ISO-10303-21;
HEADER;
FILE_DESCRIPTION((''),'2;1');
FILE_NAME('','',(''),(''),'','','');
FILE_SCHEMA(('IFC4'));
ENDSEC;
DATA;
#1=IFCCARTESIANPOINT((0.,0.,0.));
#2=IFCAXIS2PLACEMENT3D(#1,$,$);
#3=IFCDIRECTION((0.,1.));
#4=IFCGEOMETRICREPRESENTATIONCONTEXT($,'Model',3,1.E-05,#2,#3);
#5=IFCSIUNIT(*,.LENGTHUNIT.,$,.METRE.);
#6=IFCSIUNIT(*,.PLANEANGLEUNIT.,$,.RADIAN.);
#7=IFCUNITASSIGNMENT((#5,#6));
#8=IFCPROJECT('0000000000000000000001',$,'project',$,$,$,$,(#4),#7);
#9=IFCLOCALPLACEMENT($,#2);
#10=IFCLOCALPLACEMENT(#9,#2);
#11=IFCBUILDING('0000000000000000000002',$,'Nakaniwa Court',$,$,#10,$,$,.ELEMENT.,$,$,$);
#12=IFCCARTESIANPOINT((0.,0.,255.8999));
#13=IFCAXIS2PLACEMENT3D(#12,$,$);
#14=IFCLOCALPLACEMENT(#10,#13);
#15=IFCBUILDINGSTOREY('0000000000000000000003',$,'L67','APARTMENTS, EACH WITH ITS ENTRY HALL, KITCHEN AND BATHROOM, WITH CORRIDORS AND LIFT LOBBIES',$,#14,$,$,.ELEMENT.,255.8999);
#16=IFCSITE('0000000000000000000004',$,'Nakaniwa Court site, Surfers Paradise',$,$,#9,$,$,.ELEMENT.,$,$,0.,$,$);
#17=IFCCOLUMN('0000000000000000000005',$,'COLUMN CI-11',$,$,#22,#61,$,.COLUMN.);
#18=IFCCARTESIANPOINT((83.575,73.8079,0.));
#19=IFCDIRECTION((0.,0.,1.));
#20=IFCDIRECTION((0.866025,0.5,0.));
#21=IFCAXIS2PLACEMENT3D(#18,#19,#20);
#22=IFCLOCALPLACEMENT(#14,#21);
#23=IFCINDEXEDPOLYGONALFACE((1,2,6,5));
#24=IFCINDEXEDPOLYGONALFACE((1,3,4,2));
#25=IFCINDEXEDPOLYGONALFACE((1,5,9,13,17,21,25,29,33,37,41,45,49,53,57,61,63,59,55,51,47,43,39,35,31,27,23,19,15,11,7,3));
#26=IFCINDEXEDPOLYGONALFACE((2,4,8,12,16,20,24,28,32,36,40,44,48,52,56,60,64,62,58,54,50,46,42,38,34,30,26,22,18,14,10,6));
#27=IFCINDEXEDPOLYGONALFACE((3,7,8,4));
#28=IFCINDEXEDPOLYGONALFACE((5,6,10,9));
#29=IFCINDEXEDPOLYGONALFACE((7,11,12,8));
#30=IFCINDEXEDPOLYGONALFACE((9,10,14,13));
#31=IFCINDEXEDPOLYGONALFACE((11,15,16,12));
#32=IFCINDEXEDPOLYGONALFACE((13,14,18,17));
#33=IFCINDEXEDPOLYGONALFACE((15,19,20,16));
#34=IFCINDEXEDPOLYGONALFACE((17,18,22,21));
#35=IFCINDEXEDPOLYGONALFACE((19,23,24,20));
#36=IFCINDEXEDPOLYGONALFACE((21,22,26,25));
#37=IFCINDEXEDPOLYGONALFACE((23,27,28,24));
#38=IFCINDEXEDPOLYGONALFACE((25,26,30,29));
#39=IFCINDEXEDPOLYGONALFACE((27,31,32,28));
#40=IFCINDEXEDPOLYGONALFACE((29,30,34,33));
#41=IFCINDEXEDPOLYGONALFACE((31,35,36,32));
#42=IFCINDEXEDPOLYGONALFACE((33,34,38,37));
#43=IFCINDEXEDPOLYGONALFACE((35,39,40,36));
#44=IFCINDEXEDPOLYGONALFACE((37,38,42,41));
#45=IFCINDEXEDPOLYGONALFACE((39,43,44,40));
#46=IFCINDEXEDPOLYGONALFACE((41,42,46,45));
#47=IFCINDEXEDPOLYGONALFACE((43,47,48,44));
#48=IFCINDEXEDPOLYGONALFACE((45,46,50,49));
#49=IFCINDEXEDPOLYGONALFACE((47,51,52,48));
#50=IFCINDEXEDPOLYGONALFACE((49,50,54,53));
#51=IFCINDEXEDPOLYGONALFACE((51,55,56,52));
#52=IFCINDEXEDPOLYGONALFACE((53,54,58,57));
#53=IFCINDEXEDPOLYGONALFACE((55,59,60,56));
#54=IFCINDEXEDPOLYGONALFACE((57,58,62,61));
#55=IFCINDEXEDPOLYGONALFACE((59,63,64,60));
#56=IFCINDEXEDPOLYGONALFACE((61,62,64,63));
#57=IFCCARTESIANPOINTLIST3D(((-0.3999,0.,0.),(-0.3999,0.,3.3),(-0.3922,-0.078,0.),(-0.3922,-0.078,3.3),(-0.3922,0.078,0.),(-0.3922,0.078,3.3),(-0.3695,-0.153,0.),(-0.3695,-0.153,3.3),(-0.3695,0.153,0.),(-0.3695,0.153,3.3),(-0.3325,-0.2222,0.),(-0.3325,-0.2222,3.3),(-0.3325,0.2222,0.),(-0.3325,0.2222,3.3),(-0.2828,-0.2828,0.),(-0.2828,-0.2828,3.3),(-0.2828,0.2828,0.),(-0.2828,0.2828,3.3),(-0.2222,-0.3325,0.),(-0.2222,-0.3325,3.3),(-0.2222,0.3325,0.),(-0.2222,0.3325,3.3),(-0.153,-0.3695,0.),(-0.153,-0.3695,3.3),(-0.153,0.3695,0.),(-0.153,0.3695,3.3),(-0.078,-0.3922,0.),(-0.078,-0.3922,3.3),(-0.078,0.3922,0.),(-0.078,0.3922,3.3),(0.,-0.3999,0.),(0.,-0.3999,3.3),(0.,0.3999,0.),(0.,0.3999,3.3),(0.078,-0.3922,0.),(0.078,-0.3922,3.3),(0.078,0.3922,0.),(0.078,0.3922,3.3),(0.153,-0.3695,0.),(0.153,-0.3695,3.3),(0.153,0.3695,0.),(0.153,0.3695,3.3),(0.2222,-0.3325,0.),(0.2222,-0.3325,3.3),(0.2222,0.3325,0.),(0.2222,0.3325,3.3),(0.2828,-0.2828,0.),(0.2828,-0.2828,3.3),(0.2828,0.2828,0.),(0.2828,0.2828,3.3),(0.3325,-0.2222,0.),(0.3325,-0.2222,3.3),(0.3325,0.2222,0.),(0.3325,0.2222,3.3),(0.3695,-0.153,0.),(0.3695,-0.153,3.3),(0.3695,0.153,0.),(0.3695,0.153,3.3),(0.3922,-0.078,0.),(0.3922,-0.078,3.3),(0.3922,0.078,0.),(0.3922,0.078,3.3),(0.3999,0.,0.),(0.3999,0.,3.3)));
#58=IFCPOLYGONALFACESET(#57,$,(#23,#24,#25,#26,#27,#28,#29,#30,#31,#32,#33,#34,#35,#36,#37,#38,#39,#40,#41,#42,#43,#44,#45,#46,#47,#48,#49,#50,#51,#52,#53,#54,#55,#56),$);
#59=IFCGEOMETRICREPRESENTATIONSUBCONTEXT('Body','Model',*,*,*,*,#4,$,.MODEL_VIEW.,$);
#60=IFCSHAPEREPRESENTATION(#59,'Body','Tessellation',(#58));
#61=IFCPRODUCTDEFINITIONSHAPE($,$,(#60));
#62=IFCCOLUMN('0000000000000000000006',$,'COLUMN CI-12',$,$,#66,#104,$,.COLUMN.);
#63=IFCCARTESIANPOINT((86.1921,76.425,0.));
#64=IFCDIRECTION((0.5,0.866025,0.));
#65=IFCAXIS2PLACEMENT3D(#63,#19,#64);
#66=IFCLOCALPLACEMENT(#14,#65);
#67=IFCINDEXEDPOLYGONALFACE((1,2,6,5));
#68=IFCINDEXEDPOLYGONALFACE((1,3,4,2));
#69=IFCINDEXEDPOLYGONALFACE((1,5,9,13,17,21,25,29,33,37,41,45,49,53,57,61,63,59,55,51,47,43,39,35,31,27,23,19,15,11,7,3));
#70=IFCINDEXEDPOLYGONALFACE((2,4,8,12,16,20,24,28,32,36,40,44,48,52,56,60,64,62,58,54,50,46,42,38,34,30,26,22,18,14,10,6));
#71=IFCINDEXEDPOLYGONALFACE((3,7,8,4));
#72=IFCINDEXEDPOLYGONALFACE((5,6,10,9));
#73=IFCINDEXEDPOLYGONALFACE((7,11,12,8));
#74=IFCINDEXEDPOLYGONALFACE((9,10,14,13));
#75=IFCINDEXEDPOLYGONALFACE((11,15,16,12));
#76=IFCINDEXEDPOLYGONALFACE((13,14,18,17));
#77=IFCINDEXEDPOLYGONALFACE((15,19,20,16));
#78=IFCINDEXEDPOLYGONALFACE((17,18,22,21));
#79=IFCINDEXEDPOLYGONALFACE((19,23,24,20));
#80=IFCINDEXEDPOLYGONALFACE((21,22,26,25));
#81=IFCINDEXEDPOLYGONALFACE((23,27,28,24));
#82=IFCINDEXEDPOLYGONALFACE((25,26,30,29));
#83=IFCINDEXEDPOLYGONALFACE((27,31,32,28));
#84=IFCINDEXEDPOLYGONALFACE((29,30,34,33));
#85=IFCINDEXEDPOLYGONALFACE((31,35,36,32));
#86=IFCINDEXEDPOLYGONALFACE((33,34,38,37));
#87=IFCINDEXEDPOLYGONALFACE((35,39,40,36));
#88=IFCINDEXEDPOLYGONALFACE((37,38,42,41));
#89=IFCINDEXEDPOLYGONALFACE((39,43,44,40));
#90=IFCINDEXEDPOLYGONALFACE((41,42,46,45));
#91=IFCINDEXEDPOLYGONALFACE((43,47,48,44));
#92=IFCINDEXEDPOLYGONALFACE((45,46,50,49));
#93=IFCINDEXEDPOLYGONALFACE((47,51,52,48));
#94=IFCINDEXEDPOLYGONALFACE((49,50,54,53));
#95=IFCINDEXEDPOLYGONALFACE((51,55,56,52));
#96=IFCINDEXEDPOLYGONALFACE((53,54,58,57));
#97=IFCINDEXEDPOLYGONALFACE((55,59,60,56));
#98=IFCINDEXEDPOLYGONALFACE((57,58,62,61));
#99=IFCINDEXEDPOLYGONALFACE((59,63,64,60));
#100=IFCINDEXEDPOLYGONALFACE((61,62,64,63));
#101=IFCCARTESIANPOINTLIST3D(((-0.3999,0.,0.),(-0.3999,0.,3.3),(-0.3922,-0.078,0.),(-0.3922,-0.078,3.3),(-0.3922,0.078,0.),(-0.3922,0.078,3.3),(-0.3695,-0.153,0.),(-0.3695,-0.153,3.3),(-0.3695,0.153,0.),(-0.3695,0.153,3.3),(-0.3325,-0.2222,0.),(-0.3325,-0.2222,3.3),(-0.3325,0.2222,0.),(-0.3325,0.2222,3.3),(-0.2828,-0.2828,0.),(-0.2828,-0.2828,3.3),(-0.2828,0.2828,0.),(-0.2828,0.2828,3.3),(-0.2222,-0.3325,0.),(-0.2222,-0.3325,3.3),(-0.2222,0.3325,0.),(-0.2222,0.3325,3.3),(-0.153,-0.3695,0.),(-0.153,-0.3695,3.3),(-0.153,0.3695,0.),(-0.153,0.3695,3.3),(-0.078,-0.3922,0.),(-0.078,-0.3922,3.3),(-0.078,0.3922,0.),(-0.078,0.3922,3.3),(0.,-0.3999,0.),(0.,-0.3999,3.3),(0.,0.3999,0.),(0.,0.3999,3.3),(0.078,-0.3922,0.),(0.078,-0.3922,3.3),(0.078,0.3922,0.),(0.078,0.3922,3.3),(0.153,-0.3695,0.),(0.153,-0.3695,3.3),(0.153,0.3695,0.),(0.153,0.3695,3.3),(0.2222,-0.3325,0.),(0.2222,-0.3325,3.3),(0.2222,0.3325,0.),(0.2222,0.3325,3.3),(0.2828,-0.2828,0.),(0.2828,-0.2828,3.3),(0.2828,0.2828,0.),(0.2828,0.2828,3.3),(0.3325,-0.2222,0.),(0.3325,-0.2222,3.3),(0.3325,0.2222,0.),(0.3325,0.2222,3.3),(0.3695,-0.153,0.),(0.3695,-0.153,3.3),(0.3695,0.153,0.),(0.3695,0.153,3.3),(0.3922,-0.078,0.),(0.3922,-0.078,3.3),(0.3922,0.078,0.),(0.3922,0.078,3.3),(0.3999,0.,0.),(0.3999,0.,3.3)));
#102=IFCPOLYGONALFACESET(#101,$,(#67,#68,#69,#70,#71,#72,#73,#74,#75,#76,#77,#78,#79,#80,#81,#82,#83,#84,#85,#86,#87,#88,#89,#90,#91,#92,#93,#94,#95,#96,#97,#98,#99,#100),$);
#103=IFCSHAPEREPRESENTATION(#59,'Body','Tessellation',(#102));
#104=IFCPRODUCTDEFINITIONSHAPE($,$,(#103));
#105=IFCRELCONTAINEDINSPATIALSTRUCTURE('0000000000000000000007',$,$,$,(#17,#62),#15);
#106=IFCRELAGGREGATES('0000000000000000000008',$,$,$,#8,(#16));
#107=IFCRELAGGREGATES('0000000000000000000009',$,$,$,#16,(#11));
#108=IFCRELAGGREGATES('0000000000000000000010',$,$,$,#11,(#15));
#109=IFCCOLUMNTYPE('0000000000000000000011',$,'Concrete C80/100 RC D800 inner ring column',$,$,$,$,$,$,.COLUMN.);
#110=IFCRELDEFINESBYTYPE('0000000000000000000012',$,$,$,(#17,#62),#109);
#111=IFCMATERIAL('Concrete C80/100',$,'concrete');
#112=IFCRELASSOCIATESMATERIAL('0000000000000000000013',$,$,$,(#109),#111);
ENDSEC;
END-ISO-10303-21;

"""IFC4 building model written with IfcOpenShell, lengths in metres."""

from ifc_helpers import new_model, si_unit, direction, frame, origin, origin_2d, place, context, subcontext, project, spatial, circle, extrude, material, material_profile, profile_set, type_object, element, save


model = new_model("IFC4")

# Units and contexts
model_context = context("Model", 3, precision=1e-05, world=origin(), true_north=direction((0.0, 1.0)))
body_context = subcontext(model_context, "Body", "Model", "MODEL_VIEW")
ifc_project = project(units=[si_unit("LENGTHUNIT", "METRE"), si_unit("PLANEANGLEUNIT", "RADIAN")], contexts=[model_context])

# Site, building, storey
site_placement = place(None, origin())
site = spatial("IfcSite", under=ifc_project, at=site_placement, Name="Nakaniwa Court site, Surfers Paradise", CompositionType="ELEMENT", RefElevation=0.0)
building_placement = place(site_placement, origin())
building = spatial("IfcBuilding", under=site, at=building_placement, Name="Nakaniwa Court", CompositionType="ELEMENT")
storey_placement = place(building_placement, frame((0.0, 0.0, 255.8999)))
storey = spatial("IfcBuildingStorey", under=building, at=storey_placement, Name="L67", Description="APARTMENTS, EACH WITH ITS ENTRY HALL, KITCHEN AND BATHROOM, WITH CORRIDORS AND LIFT LOBBIES", CompositionType="ELEMENT", Elevation=255.8999)

# Columns
ifc_material_1 = material(Name="Concrete C80/100", Category="concrete")
ifc_material_profile_1 = material_profile(ifc_material_1, circle(Radius=0.3999, at=origin_2d()), Name="Concrete C80/100 RC D800 inner ring column")
ifc_profile_set_1 = profile_set([ifc_material_profile_1], Name="Concrete C80/100")
column_type = type_object("IfcColumnType", Name="Concrete C80/100 RC D800 inner ring column", PredefinedType="COLUMN", material=ifc_profile_set_1)
for number, where, z_axis, x_axis, name in (
    (1, (83.575, 73.8079, 0.0), (0.0, 0.0, 1.0), (0.866025, 0.5, 0.0), "COLUMN CI-11"),
    (2, (86.1921, 76.425, 0.0), (0.0, 0.0, 1.0), (0.5, 0.866025, 0.0), "COLUMN CI-12"),
):
    element("IfcColumn", number, at=place(storey_placement, frame(where, z_axis=z_axis, x_axis=x_axis)), inside=storey, type_object=column_type, Name=name, PredefinedType="COLUMN", context=body_context, shape_type="SweptSolid", body=[
        extrude(circle(Radius=0.3999, at=origin_2d()), origin(), (0.0, 0.0, 1.0), 3.3),
    ])

save(model, "model.ifc")
